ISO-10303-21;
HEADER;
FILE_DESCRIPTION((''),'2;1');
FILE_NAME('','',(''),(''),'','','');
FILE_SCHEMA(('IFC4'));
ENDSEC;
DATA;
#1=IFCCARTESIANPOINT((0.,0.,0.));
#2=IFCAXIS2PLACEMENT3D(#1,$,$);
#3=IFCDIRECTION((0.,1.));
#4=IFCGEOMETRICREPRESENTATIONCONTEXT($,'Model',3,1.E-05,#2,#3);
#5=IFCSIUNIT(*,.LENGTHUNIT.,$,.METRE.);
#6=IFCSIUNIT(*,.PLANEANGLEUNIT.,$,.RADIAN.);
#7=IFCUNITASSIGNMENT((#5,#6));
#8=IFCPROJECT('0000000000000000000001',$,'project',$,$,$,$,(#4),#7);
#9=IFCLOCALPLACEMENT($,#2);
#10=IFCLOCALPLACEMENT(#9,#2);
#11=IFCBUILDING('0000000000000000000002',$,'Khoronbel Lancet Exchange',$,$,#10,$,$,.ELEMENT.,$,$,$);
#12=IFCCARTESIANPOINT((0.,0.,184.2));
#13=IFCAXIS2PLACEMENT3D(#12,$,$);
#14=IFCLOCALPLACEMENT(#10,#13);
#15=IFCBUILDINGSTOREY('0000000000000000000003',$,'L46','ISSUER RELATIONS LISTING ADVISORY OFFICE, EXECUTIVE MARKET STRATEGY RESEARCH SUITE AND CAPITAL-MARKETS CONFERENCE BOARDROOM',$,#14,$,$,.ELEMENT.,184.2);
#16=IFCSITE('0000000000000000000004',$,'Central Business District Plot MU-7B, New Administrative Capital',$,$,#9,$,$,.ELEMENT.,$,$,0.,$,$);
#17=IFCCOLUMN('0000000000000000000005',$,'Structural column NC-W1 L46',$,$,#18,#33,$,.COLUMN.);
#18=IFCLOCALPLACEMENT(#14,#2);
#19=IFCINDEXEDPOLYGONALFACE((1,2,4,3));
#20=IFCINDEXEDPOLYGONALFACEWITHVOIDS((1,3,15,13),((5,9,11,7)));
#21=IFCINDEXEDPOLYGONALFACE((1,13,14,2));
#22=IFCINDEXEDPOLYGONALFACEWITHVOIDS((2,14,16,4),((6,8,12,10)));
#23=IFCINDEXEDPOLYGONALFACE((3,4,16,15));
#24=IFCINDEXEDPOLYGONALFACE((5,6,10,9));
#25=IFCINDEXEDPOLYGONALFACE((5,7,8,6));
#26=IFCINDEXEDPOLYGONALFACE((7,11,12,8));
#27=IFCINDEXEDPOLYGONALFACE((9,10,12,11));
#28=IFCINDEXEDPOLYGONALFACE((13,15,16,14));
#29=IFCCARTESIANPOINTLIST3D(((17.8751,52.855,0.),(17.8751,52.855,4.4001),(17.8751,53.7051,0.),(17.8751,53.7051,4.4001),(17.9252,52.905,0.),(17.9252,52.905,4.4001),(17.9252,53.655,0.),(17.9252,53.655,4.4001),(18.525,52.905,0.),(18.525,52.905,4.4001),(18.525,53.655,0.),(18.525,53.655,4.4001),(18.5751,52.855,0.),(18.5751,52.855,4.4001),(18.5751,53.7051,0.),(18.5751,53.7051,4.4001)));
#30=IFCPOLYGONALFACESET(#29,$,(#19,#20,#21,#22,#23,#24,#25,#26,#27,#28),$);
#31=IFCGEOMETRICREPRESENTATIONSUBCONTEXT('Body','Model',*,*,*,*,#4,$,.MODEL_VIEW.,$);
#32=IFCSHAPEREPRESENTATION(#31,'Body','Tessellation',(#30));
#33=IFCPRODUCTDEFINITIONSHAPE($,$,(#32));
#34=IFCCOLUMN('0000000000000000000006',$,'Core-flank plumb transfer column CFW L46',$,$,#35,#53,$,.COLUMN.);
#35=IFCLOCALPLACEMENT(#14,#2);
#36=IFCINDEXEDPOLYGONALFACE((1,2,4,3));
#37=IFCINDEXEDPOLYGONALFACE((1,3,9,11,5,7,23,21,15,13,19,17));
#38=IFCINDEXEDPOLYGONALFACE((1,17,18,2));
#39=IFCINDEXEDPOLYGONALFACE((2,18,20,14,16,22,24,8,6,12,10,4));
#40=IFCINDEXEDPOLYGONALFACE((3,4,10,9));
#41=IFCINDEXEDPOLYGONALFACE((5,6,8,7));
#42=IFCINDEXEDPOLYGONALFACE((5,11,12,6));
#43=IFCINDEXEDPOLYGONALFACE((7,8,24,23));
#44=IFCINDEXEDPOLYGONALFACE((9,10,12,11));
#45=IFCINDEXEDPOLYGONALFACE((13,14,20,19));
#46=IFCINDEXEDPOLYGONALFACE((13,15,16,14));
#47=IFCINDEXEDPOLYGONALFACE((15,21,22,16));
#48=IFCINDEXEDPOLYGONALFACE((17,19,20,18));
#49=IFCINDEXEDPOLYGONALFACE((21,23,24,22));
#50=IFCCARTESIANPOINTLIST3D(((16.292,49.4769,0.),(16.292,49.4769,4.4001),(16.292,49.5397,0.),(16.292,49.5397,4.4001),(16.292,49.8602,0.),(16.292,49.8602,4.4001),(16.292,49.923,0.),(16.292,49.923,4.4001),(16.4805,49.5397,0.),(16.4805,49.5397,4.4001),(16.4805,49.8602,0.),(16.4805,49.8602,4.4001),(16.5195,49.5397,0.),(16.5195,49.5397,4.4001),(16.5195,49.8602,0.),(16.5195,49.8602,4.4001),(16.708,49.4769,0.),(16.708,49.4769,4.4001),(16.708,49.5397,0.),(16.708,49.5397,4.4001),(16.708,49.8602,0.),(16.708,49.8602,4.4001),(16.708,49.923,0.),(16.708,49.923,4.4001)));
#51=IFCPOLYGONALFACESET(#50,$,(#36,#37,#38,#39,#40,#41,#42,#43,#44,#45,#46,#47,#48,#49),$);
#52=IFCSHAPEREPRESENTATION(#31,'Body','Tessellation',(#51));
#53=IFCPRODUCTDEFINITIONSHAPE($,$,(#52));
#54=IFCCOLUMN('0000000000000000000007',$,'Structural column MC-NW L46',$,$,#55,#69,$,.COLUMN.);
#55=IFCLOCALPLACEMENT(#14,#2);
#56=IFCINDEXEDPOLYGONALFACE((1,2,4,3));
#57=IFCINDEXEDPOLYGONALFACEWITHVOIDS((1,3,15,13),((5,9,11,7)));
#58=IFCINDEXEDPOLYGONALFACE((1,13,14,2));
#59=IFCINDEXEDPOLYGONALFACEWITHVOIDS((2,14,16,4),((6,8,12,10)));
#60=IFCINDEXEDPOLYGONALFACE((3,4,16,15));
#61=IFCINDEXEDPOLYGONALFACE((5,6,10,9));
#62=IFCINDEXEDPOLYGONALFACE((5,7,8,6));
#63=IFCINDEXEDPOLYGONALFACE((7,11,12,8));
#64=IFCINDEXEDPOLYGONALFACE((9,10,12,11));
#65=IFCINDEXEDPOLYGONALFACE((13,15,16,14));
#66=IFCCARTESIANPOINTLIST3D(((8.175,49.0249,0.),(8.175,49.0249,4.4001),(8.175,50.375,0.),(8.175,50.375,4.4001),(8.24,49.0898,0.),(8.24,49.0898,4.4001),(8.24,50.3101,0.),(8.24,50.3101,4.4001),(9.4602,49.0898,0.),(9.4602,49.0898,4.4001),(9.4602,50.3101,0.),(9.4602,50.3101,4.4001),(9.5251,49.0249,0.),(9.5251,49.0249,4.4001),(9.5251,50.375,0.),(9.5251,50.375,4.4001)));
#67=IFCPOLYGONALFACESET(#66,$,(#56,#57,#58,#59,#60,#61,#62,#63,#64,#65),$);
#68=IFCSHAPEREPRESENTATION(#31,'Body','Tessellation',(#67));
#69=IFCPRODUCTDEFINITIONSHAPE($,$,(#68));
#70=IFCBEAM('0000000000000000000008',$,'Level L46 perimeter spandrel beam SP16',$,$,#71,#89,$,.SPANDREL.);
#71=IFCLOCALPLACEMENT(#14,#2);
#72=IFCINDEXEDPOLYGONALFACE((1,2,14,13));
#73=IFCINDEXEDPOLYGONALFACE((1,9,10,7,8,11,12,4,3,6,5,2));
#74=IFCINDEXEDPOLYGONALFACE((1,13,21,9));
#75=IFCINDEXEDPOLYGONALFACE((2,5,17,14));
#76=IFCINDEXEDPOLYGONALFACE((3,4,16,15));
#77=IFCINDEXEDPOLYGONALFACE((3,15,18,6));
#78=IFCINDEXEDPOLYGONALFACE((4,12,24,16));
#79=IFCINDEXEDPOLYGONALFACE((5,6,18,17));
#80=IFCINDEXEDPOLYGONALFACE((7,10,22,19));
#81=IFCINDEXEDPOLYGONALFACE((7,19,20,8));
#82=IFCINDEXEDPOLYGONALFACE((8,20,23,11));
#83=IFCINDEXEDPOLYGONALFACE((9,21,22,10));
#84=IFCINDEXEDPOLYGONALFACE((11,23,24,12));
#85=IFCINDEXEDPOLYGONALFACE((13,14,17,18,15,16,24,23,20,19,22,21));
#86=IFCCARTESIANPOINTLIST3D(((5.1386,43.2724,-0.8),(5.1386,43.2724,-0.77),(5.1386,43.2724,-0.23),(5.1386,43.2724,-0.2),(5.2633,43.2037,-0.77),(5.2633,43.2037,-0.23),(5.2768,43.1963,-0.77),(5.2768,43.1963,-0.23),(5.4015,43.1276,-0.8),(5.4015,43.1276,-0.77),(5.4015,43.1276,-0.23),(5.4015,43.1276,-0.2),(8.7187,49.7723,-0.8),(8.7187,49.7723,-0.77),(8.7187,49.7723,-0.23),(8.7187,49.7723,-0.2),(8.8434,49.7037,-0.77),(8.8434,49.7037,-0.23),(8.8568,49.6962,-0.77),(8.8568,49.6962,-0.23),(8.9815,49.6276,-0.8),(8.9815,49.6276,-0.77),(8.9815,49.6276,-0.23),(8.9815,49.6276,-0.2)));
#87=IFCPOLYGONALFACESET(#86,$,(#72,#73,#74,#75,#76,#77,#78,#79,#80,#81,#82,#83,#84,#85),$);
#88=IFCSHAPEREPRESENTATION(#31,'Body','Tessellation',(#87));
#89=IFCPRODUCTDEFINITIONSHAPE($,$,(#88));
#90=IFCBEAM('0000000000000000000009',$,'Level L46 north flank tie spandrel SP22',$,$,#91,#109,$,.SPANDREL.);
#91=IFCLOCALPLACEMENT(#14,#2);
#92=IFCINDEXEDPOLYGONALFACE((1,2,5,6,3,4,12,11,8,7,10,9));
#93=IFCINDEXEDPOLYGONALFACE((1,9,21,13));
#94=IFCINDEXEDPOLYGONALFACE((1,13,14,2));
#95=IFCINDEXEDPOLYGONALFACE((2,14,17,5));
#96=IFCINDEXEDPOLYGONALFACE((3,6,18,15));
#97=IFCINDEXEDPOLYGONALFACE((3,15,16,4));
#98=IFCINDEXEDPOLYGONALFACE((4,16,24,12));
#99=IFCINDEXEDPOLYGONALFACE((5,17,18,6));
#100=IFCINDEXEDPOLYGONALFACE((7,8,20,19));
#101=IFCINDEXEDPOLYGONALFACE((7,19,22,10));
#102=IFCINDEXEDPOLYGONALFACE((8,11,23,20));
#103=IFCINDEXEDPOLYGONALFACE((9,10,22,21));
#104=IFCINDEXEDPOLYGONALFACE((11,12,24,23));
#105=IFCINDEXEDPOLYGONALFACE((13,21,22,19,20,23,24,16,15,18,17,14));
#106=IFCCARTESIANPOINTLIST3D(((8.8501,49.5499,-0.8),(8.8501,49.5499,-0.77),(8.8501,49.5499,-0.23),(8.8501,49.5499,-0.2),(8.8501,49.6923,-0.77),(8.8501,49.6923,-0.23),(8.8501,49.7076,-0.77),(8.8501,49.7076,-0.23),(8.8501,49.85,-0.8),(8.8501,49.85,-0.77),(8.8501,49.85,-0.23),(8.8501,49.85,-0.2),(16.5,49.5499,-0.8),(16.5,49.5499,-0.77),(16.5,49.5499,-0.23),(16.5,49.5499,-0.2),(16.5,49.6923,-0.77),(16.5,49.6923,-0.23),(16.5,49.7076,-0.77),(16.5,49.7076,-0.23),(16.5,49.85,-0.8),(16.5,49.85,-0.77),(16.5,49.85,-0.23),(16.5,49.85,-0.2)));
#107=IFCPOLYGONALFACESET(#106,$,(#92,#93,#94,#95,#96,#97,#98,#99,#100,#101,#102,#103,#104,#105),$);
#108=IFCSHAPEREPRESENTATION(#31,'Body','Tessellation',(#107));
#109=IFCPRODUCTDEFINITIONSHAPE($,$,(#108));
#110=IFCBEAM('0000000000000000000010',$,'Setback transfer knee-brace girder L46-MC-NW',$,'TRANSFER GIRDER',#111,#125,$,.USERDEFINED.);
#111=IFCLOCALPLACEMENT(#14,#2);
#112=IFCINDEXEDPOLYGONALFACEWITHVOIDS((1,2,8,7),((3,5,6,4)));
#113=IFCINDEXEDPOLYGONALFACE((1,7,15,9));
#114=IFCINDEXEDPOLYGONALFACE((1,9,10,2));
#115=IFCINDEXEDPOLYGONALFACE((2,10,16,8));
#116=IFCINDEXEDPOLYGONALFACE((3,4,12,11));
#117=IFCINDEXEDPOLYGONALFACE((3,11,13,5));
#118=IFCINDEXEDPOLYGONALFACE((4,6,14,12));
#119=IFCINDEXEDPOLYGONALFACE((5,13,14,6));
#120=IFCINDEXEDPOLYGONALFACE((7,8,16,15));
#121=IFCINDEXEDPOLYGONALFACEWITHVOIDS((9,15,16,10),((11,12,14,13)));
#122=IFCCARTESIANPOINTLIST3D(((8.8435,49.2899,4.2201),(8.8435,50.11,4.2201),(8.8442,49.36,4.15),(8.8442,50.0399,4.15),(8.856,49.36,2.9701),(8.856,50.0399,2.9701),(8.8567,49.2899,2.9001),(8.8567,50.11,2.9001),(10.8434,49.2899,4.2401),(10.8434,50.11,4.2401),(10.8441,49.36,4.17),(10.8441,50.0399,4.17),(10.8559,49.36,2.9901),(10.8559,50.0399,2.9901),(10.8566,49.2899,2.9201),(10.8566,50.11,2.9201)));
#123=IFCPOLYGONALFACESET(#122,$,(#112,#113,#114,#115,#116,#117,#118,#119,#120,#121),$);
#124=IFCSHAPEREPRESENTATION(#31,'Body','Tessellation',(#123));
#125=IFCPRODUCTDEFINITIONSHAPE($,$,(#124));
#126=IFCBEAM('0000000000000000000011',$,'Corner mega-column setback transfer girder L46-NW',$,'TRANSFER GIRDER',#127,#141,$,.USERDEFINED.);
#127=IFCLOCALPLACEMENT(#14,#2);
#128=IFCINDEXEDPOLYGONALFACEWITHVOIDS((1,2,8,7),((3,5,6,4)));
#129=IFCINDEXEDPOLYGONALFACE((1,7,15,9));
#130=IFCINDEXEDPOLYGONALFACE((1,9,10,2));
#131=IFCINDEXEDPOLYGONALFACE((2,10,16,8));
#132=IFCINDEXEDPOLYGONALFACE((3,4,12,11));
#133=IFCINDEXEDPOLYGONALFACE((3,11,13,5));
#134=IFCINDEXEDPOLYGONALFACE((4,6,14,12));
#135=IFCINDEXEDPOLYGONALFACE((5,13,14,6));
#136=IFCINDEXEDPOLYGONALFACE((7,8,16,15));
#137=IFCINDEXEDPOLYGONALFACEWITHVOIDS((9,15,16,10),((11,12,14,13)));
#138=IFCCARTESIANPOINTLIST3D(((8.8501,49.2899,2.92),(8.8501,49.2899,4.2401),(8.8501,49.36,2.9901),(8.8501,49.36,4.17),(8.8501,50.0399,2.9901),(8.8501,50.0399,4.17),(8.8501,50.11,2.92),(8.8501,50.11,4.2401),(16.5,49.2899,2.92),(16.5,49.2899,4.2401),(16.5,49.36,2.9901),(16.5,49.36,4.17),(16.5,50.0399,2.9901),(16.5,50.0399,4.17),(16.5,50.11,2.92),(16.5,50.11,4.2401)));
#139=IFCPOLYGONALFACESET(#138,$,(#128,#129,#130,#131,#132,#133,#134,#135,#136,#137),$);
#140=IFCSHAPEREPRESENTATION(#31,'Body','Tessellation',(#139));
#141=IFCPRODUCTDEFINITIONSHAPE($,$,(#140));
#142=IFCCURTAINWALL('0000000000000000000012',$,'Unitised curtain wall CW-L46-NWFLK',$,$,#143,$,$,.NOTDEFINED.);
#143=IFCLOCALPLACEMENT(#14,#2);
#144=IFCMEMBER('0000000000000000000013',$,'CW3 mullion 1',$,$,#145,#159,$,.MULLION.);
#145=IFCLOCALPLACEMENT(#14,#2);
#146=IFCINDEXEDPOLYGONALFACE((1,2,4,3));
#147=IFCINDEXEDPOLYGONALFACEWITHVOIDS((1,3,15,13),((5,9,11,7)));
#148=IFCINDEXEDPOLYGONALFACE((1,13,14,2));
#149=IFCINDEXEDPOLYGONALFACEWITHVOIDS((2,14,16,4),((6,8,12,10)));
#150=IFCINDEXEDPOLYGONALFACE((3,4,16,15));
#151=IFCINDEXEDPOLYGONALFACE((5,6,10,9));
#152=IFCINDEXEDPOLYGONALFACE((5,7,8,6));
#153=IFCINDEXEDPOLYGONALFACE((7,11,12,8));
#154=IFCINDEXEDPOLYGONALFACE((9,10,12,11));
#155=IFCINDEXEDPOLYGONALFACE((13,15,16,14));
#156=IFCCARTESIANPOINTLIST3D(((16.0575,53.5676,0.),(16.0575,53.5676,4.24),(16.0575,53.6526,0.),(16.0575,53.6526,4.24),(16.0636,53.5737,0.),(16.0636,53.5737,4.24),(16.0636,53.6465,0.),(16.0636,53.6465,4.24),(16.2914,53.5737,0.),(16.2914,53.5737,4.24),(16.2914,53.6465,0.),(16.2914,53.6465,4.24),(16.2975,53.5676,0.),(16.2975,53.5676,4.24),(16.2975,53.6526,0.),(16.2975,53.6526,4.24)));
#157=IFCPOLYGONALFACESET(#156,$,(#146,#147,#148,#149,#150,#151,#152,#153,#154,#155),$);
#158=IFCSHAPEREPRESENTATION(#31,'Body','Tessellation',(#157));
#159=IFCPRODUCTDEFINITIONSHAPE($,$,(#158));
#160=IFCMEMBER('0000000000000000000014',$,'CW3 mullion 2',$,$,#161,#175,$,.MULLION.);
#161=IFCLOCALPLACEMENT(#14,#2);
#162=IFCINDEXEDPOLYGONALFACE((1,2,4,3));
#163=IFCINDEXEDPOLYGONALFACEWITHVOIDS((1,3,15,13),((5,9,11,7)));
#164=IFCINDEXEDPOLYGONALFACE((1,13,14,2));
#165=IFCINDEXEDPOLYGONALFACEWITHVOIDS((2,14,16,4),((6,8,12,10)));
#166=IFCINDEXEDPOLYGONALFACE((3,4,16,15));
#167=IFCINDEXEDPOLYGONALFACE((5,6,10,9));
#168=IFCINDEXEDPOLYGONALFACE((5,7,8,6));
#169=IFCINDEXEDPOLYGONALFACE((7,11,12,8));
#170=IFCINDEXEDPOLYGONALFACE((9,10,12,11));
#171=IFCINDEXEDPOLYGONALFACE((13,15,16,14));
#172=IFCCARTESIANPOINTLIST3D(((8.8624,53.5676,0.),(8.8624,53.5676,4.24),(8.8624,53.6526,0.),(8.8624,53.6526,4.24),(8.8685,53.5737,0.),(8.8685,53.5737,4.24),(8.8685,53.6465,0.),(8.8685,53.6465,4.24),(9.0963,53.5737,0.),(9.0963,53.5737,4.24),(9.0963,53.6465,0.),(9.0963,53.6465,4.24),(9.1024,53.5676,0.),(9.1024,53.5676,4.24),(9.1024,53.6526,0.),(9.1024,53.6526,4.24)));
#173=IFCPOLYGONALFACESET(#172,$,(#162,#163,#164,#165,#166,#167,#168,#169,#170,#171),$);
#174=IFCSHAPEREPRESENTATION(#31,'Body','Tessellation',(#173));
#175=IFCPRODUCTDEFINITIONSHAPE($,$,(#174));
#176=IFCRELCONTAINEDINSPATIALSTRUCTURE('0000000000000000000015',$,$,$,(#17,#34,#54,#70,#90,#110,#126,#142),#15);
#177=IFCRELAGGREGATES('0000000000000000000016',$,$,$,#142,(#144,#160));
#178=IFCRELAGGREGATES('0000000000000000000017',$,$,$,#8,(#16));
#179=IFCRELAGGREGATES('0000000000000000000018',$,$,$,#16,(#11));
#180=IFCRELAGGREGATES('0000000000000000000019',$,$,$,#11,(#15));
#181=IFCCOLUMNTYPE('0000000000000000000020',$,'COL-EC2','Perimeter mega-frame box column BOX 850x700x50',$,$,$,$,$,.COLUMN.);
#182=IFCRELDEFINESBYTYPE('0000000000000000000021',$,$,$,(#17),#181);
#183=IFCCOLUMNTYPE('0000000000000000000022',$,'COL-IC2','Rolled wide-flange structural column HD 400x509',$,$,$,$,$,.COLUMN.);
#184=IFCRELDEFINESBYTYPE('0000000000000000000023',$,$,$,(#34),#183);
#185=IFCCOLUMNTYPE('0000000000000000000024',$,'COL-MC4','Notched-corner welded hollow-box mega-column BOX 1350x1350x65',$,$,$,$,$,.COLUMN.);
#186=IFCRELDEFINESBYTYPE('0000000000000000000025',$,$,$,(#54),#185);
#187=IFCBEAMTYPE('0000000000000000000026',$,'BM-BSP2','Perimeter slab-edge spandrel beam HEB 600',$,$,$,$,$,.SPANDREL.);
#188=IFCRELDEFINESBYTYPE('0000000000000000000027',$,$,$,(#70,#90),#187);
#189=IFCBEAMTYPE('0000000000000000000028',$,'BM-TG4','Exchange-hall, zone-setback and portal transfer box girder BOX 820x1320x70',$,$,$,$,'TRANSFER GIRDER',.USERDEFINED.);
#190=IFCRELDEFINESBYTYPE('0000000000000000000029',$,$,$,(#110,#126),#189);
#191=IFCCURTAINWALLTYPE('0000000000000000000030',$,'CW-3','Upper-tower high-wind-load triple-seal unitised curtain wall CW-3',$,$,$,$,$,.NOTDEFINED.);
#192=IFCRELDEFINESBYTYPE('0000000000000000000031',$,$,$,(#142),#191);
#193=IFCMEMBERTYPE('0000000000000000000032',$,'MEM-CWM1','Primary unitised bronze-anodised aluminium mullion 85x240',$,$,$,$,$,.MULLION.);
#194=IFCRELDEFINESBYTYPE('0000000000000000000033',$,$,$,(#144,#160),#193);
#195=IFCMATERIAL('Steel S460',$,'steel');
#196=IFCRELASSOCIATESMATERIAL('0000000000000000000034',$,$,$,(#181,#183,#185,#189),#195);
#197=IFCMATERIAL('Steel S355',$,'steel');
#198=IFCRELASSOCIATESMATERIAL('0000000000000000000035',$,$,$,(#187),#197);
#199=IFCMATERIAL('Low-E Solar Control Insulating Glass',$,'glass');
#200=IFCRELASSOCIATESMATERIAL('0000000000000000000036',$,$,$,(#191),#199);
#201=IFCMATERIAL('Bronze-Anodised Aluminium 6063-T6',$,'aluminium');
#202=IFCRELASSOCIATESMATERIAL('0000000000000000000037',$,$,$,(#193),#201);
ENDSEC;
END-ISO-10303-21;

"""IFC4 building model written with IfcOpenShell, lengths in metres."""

from ifc_helpers import new_model, si_unit, direction, frame, origin, origin_2d, place, context, subcontext, project, spatial, hollow_rectangle, i_section, extrude, material, material_profile, profile_set, type_object, element, aggregate, save


model = new_model("IFC4")

# Units and contexts
model_context = context("Model", 3, precision=1e-05, world=origin(), true_north=direction((0.0, 1.0)))
body_context = subcontext(model_context, "Body", "Model", "MODEL_VIEW")
ifc_project = project(units=[si_unit("LENGTHUNIT", "METRE"), si_unit("PLANEANGLEUNIT", "RADIAN")], contexts=[model_context])

# Site, building, storey
site_placement = place(None, origin())
site = spatial("IfcSite", under=ifc_project, at=site_placement, Name="Central Business District Plot MU-7B, New Administrative Capital", CompositionType="ELEMENT", RefElevation=0.0)
building_placement = place(site_placement, origin())
building = spatial("IfcBuilding", under=site, at=building_placement, Name="Khoronbel Lancet Exchange", CompositionType="ELEMENT")
storey_placement = place(building_placement, frame((0.0, 0.0, 184.2)))
storey = spatial("IfcBuildingStorey", under=building, at=storey_placement, Name="L46", Description="ISSUER RELATIONS LISTING ADVISORY OFFICE, EXECUTIVE MARKET STRATEGY RESEARCH SUITE AND CAPITAL-MARKETS CONFERENCE BOARDROOM", CompositionType="ELEMENT", Elevation=184.2)

# Columns
ifc_material_1 = material(Name="Steel S460", Category="steel")
ifc_material_profile_1 = material_profile(ifc_material_1, hollow_rectangle(XDim=0.7, YDim=0.8501, WallThickness=0.05, at=origin_2d()), Name="BOX 850x700x50")
ifc_profile_set_1 = profile_set([ifc_material_profile_1], Name="Steel S460")
column_type_1 = type_object("IfcColumnType", Name="COL-EC2", Description="Perimeter mega-frame box column BOX 850x700x50", PredefinedType="COLUMN", material=ifc_profile_set_1)
column_1_placement = place(storey_placement, frame((18.2251, 53.28, 0.0), z_axis=(0.0, 0.0, 1.0), x_axis=(1.0, 0.0, 0.0)))
element("IfcColumn", 1, at=column_1_placement, inside=storey, type_object=column_type_1, Name="Structural column NC-W1 L46", PredefinedType="COLUMN", context=body_context, shape_type="SweptSolid", body=[
    extrude(hollow_rectangle(XDim=0.7, YDim=0.8501, WallThickness=0.05, at=origin_2d()), origin(), (0.0, 0.0, 1.0), 4.4001),
])
ifc_material_profile_2 = material_profile(ifc_material_1, i_section(OverallWidth=0.416, OverallDepth=0.446, WebThickness=0.0391, FlangeThickness=0.0627, at=origin_2d()), Name="HD 400x509")
ifc_profile_set_2 = profile_set([ifc_material_profile_2], Name="Steel S460")
column_type_2 = type_object("IfcColumnType", Name="COL-IC2", Description="Rolled wide-flange structural column HD 400x509", PredefinedType="COLUMN", material=ifc_profile_set_2)
column_2_placement = place(storey_placement, frame((16.5, 49.7, 0.0), z_axis=(0.0, 0.0, 1.0), x_axis=(1.0, 0.0, 0.0)))
element("IfcColumn", 2, at=column_2_placement, inside=storey, type_object=column_type_2, Name="Core-flank plumb transfer column CFW L46", PredefinedType="COLUMN", context=body_context, shape_type="SweptSolid", body=[
    extrude(i_section(OverallWidth=0.416, OverallDepth=0.446, WebThickness=0.0391, FlangeThickness=0.0627, at=origin_2d()), origin(), (0.0, 0.0, 1.0), 4.4001),
])
ifc_material_profile_3 = material_profile(ifc_material_1, hollow_rectangle(XDim=1.3501, YDim=1.3501, WallThickness=0.0649, at=origin_2d()), Name="BOX 1350x1350x65")
ifc_profile_set_3 = profile_set([ifc_material_profile_3], Name="Steel S460")
column_type_3 = type_object("IfcColumnType", Name="COL-MC4", Description="Notched-corner welded hollow-box mega-column BOX 1350x1350x65", PredefinedType="COLUMN", material=ifc_profile_set_3)
column_3_placement = place(storey_placement, frame((8.8501, 49.7, 0.0), z_axis=(0.0, 0.0, 1.0), x_axis=(1.0, 0.0, 0.0)))
element("IfcColumn", 3, at=column_3_placement, inside=storey, type_object=column_type_3, Name="Structural column MC-NW L46", PredefinedType="COLUMN", context=body_context, shape_type="SweptSolid", body=[
    extrude(hollow_rectangle(XDim=1.3501, YDim=1.3501, WallThickness=0.0649, at=origin_2d()), origin(), (0.0, 0.0, 1.0), 4.4001),
])

# Beams
ifc_material_2 = material(Name="Steel S355", Category="steel")
ifc_material_profile_4 = material_profile(ifc_material_2, i_section(OverallWidth=0.3, OverallDepth=0.6001, WebThickness=0.0154, FlangeThickness=0.03, at=origin_2d()), Name="HEB 600")
ifc_profile_set_4 = profile_set([ifc_material_profile_4], Name="Steel S355")
beam_type_1 = type_object("IfcBeamType", Name="BM-BSP2", Description="Perimeter slab-edge spandrel beam HEB 600", PredefinedType="SPANDREL", material=ifc_profile_set_4)
beam_1_placement = place(storey_placement, frame((8.8501, 49.7, -0.5), z_axis=(-0.482444, -0.875927, 0.0), x_axis=(0.875927, -0.482444, 0.0)))
element("IfcBeam", 4, at=beam_1_placement, inside=storey, type_object=beam_type_1, Name="Level L46 perimeter spandrel beam SP16", PredefinedType="SPANDREL", context=body_context, shape_type="SweptSolid", body=[
    extrude(i_section(OverallWidth=0.3, OverallDepth=0.6001, WebThickness=0.0154, FlangeThickness=0.03, at=origin_2d()), origin(), (0.0, 0.0, 1.0), 7.4207),
])
beam_2_placement = place(storey_placement, frame((8.8501, 49.7, -0.5), z_axis=(1.0, 0.0, 0.0), x_axis=(0.0, 1.0, 0.0)))
element("IfcBeam", 5, at=beam_2_placement, inside=storey, type_object=beam_type_1, Name="Level L46 north flank tie spandrel SP22", PredefinedType="SPANDREL", context=body_context, shape_type="SweptSolid", body=[
    extrude(i_section(OverallWidth=0.3, OverallDepth=0.6001, WebThickness=0.0154, FlangeThickness=0.03, at=origin_2d()), origin(), (0.0, 0.0, 1.0), 7.6499),
])
ifc_material_profile_5 = material_profile(ifc_material_1, hollow_rectangle(XDim=0.8201, YDim=1.3201, WallThickness=0.0701, at=origin_2d()), Name="BOX 820x1320x70")
ifc_profile_set_5 = profile_set([ifc_material_profile_5], Name="Steel S460")
beam_type_2 = type_object("IfcBeamType", Name="BM-TG4", Description="Exchange-hall, zone-setback and portal transfer box girder BOX 820x1320x70", ElementType="TRANSFER GIRDER", PredefinedType="USERDEFINED", material=ifc_profile_set_5)
beam_3_placement = place(storey_placement, frame((8.8501, 49.7, 3.5601), z_axis=(0.99995, 0.0, 0.010009), x_axis=(0.0, 1.0, 0.0)))
element("IfcBeam", 6, at=beam_3_placement, inside=storey, type_object=beam_type_2, Name="Setback transfer knee-brace girder L46-MC-NW", ObjectType="TRANSFER GIRDER", PredefinedType="USERDEFINED", context=body_context, shape_type="SweptSolid", body=[
    extrude(hollow_rectangle(XDim=0.8201, YDim=1.3201, WallThickness=0.0701, at=origin_2d()), origin(), (0.0, 0.0, 1.0), 2.0),
])
beam_4_placement = place(storey_placement, frame((8.8501, 49.7, 3.5801), z_axis=(1.0, 0.0, 0.0), x_axis=(0.0, 1.0, 0.0)))
element("IfcBeam", 7, at=beam_4_placement, inside=storey, type_object=beam_type_2, Name="Corner mega-column setback transfer girder L46-NW", ObjectType="TRANSFER GIRDER", PredefinedType="USERDEFINED", context=body_context, shape_type="SweptSolid", body=[
    extrude(hollow_rectangle(XDim=0.8201, YDim=1.3201, WallThickness=0.0701, at=origin_2d()), origin(), (0.0, 0.0, 1.0), 7.6499),
])

# Curtain wall, members
ifc_material_3 = material(Name="Low-E Solar Control Insulating Glass", Category="glass")
curtain_wall_type = type_object("IfcCurtainWallType", Name="CW-3", Description="Upper-tower high-wind-load triple-seal unitised curtain wall CW-3", PredefinedType="NOTDEFINED", material=ifc_material_3)
curtain_wall_placement = place(storey_placement, origin())
curtain_wall = element("IfcCurtainWall", 8, at=curtain_wall_placement, inside=storey, type_object=curtain_wall_type, Name="Unitised curtain wall CW-L46-NWFLK", PredefinedType="NOTDEFINED")
ifc_material_4 = material(Name="Bronze-Anodised Aluminium 6063-T6", Category="aluminium")
ifc_material_profile_6 = material_profile(ifc_material_4, hollow_rectangle(XDim=0.085, YDim=0.24, WallThickness=0.0061, at=origin_2d()), Name="ALU MULLION 85x240")
ifc_profile_set_6 = profile_set([ifc_material_profile_6], Name="Bronze-Anodised Aluminium 6063-T6")
member_type_1 = type_object("IfcMemberType", Name="MEM-CWM1", Description="Primary unitised bronze-anodised aluminium mullion 85x240", PredefinedType="MULLION", material=ifc_profile_set_6)
member_1_placement = place(storey_placement, frame((16.1775, 53.6101, 0.0), z_axis=(0.0, 0.0, 1.0), x_axis=(0.0, -1.0, 0.0)))
member_1 = element("IfcMember", 9, at=member_1_placement, type_object=member_type_1, Name="CW3 mullion 1", PredefinedType="MULLION", context=body_context, shape_type="SweptSolid", body=[
    extrude(hollow_rectangle(XDim=0.085, YDim=0.24, WallThickness=0.0061, at=origin_2d()), origin(), (0.0, 0.0, 1.0), 4.24),
])
member_2_placement = place(storey_placement, frame((8.9824, 53.6101, 0.0), z_axis=(0.0, 0.0, 1.0), x_axis=(0.0, -1.0, 0.0)))
member_2 = element("IfcMember", 10, at=member_2_placement, type_object=member_type_1, Name="CW3 mullion 2", PredefinedType="MULLION", context=body_context, shape_type="SweptSolid", body=[
    extrude(hollow_rectangle(XDim=0.085, YDim=0.24, WallThickness=0.0061, at=origin_2d()), origin(), (0.0, 0.0, 1.0), 4.24),
])
aggregate(curtain_wall, [member_1, member_2])

save(model, "model.ifc")
